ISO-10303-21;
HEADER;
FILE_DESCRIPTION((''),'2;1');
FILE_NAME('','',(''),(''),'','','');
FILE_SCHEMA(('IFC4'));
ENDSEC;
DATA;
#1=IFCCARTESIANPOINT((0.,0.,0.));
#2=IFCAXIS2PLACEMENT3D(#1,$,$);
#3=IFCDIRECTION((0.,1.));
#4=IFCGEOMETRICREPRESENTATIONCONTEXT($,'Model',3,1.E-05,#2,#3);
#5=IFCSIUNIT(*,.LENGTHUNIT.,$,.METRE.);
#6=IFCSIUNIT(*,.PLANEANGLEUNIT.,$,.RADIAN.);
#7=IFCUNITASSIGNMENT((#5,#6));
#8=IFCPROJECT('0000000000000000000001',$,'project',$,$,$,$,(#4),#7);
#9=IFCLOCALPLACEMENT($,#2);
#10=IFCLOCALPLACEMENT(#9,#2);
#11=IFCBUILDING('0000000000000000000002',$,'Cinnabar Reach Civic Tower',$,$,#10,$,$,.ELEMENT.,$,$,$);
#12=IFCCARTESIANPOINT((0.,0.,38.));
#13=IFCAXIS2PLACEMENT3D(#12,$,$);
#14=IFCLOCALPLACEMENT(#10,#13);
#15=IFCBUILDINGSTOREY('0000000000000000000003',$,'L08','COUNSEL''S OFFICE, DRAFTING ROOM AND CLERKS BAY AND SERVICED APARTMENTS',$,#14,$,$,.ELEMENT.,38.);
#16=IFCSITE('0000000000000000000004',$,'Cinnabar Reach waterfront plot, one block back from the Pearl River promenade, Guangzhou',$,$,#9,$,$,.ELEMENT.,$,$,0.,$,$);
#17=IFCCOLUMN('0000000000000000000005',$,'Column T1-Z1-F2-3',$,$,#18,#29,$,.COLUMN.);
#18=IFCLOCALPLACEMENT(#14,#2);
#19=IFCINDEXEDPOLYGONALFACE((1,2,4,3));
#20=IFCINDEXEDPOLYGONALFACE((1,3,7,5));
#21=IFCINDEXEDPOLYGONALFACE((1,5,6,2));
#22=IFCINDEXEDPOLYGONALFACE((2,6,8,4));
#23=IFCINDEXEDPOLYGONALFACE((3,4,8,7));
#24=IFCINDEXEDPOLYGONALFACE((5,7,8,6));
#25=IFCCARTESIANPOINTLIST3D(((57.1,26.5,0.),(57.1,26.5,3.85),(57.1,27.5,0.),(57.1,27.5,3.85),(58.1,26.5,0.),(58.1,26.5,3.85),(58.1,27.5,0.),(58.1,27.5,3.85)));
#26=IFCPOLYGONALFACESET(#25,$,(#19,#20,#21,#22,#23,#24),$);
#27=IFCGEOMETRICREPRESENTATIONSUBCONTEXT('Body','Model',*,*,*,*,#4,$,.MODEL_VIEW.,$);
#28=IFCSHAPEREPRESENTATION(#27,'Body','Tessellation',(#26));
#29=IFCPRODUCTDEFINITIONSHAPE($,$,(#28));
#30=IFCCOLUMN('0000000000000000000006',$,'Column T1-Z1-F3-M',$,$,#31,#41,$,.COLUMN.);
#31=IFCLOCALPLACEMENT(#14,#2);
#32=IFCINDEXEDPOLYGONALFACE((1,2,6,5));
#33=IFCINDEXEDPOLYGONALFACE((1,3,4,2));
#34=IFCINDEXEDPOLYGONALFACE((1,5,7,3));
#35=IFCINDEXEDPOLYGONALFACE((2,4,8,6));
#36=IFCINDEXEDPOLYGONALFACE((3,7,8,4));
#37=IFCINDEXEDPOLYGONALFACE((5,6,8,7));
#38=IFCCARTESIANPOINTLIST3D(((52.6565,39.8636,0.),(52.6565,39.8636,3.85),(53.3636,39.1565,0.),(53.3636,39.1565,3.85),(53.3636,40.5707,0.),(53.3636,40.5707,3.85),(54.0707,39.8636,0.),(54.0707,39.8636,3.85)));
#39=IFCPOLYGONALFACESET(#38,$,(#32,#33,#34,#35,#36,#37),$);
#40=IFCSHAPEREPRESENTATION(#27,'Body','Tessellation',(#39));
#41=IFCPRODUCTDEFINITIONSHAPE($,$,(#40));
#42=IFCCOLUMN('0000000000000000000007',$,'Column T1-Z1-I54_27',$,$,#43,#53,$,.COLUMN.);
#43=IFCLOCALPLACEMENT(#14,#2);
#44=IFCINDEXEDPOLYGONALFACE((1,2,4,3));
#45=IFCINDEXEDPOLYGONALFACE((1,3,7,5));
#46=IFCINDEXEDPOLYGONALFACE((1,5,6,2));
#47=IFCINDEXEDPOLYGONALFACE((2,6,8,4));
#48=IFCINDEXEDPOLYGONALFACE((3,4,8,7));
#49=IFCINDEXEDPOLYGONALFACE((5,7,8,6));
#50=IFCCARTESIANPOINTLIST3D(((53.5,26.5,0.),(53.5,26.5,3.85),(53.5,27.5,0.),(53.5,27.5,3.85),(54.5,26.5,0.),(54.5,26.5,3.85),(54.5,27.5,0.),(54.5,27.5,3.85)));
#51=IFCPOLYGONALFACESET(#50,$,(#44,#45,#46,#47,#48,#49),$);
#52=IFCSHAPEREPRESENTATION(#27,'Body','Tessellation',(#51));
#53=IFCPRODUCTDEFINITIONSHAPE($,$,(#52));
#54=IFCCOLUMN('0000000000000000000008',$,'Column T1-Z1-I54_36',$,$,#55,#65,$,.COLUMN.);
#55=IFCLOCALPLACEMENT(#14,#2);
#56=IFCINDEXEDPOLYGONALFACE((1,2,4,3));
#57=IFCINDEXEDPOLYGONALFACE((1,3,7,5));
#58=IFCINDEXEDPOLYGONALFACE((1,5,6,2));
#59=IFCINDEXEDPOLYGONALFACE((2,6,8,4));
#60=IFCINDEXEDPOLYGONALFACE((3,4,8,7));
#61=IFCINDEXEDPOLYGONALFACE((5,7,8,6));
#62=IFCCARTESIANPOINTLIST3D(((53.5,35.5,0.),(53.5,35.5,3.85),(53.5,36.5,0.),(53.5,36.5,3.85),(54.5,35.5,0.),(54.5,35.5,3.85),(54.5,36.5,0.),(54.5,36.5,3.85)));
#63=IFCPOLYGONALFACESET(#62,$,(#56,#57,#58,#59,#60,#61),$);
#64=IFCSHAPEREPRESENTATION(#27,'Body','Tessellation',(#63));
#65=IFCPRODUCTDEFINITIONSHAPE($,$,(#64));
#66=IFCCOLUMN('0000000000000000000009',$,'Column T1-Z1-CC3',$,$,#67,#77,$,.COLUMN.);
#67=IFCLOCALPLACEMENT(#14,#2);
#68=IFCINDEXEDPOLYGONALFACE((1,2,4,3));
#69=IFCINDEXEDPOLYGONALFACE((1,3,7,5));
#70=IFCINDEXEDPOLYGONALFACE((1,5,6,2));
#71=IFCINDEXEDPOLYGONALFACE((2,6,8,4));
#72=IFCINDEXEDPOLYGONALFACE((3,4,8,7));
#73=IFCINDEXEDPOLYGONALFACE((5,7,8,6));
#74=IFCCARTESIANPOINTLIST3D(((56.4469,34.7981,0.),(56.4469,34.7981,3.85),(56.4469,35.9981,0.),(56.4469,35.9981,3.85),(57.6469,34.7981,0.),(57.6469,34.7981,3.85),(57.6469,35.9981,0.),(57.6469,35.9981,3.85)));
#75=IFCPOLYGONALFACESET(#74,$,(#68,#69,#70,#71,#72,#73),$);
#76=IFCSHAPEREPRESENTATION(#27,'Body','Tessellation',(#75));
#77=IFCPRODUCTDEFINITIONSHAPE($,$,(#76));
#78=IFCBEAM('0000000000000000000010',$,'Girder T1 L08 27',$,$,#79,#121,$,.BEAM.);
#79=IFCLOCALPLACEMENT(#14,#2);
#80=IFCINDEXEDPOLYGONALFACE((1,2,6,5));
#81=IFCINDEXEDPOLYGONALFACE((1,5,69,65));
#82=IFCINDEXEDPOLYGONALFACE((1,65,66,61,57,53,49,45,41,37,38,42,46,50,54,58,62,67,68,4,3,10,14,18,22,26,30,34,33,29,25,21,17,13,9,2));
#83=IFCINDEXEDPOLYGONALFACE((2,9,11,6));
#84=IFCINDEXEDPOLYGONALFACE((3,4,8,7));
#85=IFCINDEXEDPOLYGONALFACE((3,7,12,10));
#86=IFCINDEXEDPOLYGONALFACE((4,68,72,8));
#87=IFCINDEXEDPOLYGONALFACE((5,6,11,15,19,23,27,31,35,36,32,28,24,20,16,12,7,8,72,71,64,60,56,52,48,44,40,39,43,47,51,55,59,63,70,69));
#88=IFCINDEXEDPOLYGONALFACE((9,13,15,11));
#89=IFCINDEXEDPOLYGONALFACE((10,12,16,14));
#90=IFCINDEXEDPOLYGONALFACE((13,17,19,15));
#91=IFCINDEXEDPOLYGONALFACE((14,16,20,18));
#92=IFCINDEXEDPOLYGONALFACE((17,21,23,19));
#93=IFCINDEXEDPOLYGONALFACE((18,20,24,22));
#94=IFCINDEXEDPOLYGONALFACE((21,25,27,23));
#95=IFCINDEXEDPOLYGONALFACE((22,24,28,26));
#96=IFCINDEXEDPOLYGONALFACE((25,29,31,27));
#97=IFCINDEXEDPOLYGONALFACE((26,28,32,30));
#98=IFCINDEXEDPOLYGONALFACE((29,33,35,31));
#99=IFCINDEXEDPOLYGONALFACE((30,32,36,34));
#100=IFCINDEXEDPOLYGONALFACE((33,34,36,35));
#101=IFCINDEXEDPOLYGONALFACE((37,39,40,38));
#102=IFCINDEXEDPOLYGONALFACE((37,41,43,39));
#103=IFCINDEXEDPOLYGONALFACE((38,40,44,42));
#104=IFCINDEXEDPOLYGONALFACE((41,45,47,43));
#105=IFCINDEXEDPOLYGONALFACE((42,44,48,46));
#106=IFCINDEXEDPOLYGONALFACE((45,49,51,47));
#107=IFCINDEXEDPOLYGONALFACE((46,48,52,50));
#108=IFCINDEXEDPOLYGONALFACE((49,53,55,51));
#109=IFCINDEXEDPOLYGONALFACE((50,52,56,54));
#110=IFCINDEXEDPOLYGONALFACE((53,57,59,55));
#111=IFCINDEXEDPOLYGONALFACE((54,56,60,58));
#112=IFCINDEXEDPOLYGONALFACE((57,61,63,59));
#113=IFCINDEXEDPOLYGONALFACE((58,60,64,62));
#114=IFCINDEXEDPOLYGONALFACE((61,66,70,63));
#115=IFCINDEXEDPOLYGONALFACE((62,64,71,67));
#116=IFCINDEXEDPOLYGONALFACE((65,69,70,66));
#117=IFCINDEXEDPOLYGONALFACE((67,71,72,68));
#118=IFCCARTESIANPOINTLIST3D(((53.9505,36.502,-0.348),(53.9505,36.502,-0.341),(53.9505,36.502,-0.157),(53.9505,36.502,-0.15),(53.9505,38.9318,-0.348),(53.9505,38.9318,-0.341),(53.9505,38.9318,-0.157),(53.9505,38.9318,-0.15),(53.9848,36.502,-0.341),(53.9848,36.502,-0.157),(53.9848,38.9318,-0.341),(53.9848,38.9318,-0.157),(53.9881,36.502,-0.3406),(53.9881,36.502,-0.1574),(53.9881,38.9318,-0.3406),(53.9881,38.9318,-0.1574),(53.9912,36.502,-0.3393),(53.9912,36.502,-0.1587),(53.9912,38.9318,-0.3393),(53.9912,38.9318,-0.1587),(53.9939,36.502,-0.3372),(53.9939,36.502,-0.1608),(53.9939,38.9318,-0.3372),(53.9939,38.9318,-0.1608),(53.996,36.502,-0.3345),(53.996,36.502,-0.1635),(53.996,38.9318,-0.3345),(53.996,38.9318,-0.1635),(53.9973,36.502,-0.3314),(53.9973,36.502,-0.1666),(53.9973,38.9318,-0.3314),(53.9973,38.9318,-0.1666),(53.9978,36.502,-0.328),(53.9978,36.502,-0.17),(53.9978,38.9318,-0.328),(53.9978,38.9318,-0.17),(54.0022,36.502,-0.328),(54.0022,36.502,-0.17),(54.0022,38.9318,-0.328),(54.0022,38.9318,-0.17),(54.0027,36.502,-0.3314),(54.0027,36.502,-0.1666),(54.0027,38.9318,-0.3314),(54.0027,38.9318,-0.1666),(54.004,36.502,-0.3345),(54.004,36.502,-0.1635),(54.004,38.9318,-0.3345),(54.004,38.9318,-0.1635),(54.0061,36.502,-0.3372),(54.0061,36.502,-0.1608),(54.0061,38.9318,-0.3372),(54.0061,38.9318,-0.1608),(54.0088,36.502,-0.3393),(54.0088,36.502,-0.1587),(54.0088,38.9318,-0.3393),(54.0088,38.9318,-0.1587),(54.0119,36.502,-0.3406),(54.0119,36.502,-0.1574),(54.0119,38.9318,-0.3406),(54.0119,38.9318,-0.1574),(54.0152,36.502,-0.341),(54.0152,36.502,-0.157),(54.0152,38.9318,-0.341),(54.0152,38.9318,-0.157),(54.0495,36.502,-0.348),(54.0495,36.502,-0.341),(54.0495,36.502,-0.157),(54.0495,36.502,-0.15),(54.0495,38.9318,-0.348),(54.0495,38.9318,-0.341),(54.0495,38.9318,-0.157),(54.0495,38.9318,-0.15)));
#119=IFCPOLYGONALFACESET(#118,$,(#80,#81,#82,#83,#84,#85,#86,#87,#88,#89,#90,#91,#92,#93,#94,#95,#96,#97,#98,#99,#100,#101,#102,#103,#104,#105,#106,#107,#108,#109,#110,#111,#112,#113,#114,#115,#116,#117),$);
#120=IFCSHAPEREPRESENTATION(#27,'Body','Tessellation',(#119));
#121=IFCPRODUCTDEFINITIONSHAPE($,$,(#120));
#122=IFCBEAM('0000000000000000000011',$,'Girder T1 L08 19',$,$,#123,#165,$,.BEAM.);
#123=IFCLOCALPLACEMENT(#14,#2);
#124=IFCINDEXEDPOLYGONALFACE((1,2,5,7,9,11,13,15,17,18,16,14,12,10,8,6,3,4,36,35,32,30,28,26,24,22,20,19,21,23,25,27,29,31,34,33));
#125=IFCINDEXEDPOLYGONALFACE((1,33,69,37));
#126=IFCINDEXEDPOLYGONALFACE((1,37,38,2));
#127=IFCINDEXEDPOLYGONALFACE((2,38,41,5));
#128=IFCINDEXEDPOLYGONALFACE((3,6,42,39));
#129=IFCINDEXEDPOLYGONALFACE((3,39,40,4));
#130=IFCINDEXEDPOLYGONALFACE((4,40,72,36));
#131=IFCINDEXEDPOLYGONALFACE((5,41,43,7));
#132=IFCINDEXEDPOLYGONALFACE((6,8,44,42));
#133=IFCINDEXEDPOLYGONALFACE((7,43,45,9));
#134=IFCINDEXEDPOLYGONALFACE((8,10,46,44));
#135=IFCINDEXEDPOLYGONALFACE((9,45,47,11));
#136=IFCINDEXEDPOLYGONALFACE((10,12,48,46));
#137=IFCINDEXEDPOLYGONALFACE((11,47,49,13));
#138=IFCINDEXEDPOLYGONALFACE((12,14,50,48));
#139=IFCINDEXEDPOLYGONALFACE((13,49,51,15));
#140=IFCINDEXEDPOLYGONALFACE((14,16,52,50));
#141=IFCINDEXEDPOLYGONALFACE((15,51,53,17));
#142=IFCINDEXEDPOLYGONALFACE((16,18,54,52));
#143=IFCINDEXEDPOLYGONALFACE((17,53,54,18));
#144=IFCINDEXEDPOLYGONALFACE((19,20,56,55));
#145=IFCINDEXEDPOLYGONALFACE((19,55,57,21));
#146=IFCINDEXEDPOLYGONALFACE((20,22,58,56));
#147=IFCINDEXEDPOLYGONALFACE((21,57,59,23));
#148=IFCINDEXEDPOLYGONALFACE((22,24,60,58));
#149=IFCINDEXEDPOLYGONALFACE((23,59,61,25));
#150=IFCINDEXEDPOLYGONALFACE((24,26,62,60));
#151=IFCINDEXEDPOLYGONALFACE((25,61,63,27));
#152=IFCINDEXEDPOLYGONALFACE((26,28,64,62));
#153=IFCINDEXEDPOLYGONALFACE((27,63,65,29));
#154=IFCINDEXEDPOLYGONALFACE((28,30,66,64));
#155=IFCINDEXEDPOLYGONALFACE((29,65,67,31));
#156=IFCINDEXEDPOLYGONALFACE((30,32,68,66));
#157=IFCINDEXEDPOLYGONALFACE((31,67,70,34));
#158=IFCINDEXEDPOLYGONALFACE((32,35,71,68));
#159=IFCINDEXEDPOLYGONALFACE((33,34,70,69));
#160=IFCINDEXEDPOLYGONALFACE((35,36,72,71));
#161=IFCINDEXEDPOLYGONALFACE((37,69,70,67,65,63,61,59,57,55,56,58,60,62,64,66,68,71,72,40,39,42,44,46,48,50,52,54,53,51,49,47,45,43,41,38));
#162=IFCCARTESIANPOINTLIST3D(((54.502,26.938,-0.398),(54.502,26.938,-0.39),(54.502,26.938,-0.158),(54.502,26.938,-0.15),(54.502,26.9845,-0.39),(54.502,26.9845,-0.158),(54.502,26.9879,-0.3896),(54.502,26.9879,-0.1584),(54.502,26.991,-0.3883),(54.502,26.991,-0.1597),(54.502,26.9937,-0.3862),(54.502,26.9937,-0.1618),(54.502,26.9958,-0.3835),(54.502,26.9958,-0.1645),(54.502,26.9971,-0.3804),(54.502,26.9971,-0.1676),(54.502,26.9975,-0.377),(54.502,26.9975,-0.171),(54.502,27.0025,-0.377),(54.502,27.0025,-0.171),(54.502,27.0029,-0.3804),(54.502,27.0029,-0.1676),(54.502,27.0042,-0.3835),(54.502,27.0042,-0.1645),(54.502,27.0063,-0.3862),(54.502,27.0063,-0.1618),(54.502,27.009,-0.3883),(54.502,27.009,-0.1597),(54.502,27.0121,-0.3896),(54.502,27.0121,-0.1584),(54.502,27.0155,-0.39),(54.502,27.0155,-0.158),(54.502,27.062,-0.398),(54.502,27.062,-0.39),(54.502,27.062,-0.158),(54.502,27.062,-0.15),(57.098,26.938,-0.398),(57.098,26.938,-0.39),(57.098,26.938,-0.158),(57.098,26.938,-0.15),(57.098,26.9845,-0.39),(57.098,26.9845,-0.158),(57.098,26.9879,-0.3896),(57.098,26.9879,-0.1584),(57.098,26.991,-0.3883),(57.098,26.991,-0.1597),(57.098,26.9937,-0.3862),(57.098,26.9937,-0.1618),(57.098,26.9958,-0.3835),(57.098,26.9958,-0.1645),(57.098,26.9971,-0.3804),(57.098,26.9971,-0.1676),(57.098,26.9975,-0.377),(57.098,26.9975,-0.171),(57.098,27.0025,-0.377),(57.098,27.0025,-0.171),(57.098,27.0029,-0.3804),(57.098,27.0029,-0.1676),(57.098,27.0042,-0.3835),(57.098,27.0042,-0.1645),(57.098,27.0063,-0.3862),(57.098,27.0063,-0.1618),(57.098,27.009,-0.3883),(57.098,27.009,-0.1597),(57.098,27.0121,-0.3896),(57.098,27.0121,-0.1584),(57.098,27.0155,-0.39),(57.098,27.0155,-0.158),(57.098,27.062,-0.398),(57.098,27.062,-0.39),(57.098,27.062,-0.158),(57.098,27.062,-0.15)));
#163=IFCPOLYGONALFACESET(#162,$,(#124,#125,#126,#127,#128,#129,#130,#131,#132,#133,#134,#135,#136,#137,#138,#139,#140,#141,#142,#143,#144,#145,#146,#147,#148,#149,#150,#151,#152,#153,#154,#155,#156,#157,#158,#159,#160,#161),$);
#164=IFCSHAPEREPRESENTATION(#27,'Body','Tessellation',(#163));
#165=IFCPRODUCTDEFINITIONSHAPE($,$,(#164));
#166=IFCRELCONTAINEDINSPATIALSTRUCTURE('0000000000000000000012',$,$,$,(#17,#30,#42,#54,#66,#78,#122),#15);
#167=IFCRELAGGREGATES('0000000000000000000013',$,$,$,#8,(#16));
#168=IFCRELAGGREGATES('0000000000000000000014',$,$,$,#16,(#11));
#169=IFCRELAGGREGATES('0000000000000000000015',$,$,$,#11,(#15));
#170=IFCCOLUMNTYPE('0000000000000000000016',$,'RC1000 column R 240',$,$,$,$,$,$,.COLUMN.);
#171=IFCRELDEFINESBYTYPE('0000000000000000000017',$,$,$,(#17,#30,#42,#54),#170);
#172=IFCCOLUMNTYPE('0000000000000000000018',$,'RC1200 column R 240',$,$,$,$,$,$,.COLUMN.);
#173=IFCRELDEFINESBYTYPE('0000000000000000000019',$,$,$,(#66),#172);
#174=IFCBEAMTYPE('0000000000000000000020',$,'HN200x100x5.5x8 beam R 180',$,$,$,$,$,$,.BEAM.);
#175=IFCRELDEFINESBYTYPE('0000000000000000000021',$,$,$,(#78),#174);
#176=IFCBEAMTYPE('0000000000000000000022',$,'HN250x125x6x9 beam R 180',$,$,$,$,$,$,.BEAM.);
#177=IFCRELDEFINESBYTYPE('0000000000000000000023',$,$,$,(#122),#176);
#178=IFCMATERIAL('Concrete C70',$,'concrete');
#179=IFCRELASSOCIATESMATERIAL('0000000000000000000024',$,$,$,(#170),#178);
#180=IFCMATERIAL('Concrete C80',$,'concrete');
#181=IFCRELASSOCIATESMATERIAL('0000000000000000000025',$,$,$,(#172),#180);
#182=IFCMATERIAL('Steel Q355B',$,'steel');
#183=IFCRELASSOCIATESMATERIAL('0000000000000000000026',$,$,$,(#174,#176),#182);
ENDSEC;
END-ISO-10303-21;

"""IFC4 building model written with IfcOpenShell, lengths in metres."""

from ifc_helpers import new_model, si_unit, direction, frame, origin, origin_2d, place, context, subcontext, project, spatial, rectangle, i_section, extrude, material, material_profile, profile_set, type_object, element, save


model = new_model("IFC4")

# Units and contexts
model_context = context("Model", 3, precision=1e-05, world=origin(), true_north=direction((0.0, 1.0)))
body_context = subcontext(model_context, "Body", "Model", "MODEL_VIEW")
ifc_project = project(units=[si_unit("LENGTHUNIT", "METRE"), si_unit("PLANEANGLEUNIT", "RADIAN")], contexts=[model_context])

# Site, building, storey
site_placement = place(None, origin())
site = spatial("IfcSite", under=ifc_project, at=site_placement, Name="Cinnabar Reach waterfront plot, one block back from the Pearl River promenade, Guangzhou", CompositionType="ELEMENT", RefElevation=0.0)
building_placement = place(site_placement, origin())
building = spatial("IfcBuilding", under=site, at=building_placement, Name="Cinnabar Reach Civic Tower", CompositionType="ELEMENT")
storey_placement = place(building_placement, frame((0.0, 0.0, 38.0)))
storey = spatial("IfcBuildingStorey", under=building, at=storey_placement, Name="L08", Description="COUNSEL'S OFFICE, DRAFTING ROOM AND CLERKS BAY AND SERVICED APARTMENTS", CompositionType="ELEMENT", Elevation=38.0)

# Columns
ifc_material_1 = material(Name="Concrete C70", Category="concrete")
ifc_material_profile_1 = material_profile(ifc_material_1, rectangle(XDim=1.0, YDim=1.0, at=origin_2d()), Name="RC1000")
ifc_profile_set_1 = profile_set([ifc_material_profile_1], Name="Concrete C70")
column_type_1 = type_object("IfcColumnType", Name="RC1000 column R 240", PredefinedType="COLUMN", material=ifc_profile_set_1)
for number, where, z_axis, x_axis, name in (
    (1, (57.6, 27.0, 0.0), (0.0, 0.0, 1.0), (1.0, 0.0, 0.0), "Column T1-Z1-F2-3"),
    (2, (53.3636, 39.8636, 0.0), (0.0, 0.0, 1.0), (0.707107, 0.707107, 0.0), "Column T1-Z1-F3-M"),
    (3, (54.0, 27.0, 0.0), (0.0, 0.0, 1.0), (1.0, 0.0, 0.0), "Column T1-Z1-I54_27"),
    (4, (54.0, 36.0, 0.0), (0.0, 0.0, 1.0), (1.0, 0.0, 0.0), "Column T1-Z1-I54_36"),
):
    element("IfcColumn", number, at=place(storey_placement, frame(where, z_axis=z_axis, x_axis=x_axis)), inside=storey, type_object=column_type_1, Name=name, PredefinedType="COLUMN", context=body_context, shape_type="SweptSolid", body=[
        extrude(rectangle(XDim=1.0, YDim=1.0, at=origin_2d()), origin(), (0.0, 0.0, 1.0), 3.85),
    ])
ifc_material_2 = material(Name="Concrete C80", Category="concrete")
ifc_material_profile_2 = material_profile(ifc_material_2, rectangle(XDim=1.2, YDim=1.2, at=origin_2d()), Name="RC1200")
ifc_profile_set_2 = profile_set([ifc_material_profile_2], Name="Concrete C80")
column_type_2 = type_object("IfcColumnType", Name="RC1200 column R 240", PredefinedType="COLUMN", material=ifc_profile_set_2)
column_placement = place(storey_placement, frame((57.0469, 35.3981, 0.0), z_axis=(0.0, 0.0, 1.0), x_axis=(1.0, 0.0, 0.0)))
element("IfcColumn", 5, at=column_placement, inside=storey, type_object=column_type_2, Name="Column T1-Z1-CC3", PredefinedType="COLUMN", context=body_context, shape_type="SweptSolid", body=[
    extrude(rectangle(XDim=1.2, YDim=1.2, at=origin_2d()), origin(), (0.0, 0.0, 1.0), 3.85),
])

# Beams
ifc_material_3 = material(Name="Steel Q355B", Category="steel")
ifc_material_profile_3 = material_profile(ifc_material_3, i_section(OverallWidth=0.099, OverallDepth=0.198, WebThickness=0.0045, FlangeThickness=0.007, FilletRadius=0.013, at=origin_2d()), Name="HN200x100x5.5x8")
ifc_profile_set_3 = profile_set([ifc_material_profile_3], Name="Steel Q355B")
beam_type_1 = type_object("IfcBeamType", Name="HN200x100x5.5x8 beam R 180", PredefinedType="BEAM", material=ifc_profile_set_3)
beam_1_placement = place(storey_placement, frame((54.0, 36.502, -0.249), z_axis=(0.0, 1.0, 0.0), x_axis=(-1.0, 0.0, 0.0)))
element("IfcBeam", 6, at=beam_1_placement, inside=storey, type_object=beam_type_1, Name="Girder T1 L08 27", PredefinedType="BEAM", context=body_context, shape_type="SweptSolid", body=[
    extrude(i_section(OverallWidth=0.099, OverallDepth=0.198, WebThickness=0.0045, FlangeThickness=0.007, FilletRadius=0.013, at=origin_2d()), origin(), (0.0, 0.0, 1.0), 2.4298),
])
ifc_material_profile_4 = material_profile(ifc_material_3, i_section(OverallWidth=0.124, OverallDepth=0.248, WebThickness=0.005, FlangeThickness=0.008, FilletRadius=0.013, at=origin_2d()), Name="HN250x125x6x9")
ifc_profile_set_4 = profile_set([ifc_material_profile_4], Name="Steel Q355B")
beam_type_2 = type_object("IfcBeamType", Name="HN250x125x6x9 beam R 180", PredefinedType="BEAM", material=ifc_profile_set_4)
beam_2_placement = place(storey_placement, frame((54.502, 27.0, -0.274), z_axis=(1.0, 0.0, 0.0), x_axis=(0.0, 1.0, 0.0)))
element("IfcBeam", 7, at=beam_2_placement, inside=storey, type_object=beam_type_2, Name="Girder T1 L08 19", PredefinedType="BEAM", context=body_context, shape_type="SweptSolid", body=[
    extrude(i_section(OverallWidth=0.124, OverallDepth=0.248, WebThickness=0.005, FlangeThickness=0.008, FilletRadius=0.013, at=origin_2d()), origin(), (0.0, 0.0, 1.0), 2.596),
])

save(model, "model.ifc")
